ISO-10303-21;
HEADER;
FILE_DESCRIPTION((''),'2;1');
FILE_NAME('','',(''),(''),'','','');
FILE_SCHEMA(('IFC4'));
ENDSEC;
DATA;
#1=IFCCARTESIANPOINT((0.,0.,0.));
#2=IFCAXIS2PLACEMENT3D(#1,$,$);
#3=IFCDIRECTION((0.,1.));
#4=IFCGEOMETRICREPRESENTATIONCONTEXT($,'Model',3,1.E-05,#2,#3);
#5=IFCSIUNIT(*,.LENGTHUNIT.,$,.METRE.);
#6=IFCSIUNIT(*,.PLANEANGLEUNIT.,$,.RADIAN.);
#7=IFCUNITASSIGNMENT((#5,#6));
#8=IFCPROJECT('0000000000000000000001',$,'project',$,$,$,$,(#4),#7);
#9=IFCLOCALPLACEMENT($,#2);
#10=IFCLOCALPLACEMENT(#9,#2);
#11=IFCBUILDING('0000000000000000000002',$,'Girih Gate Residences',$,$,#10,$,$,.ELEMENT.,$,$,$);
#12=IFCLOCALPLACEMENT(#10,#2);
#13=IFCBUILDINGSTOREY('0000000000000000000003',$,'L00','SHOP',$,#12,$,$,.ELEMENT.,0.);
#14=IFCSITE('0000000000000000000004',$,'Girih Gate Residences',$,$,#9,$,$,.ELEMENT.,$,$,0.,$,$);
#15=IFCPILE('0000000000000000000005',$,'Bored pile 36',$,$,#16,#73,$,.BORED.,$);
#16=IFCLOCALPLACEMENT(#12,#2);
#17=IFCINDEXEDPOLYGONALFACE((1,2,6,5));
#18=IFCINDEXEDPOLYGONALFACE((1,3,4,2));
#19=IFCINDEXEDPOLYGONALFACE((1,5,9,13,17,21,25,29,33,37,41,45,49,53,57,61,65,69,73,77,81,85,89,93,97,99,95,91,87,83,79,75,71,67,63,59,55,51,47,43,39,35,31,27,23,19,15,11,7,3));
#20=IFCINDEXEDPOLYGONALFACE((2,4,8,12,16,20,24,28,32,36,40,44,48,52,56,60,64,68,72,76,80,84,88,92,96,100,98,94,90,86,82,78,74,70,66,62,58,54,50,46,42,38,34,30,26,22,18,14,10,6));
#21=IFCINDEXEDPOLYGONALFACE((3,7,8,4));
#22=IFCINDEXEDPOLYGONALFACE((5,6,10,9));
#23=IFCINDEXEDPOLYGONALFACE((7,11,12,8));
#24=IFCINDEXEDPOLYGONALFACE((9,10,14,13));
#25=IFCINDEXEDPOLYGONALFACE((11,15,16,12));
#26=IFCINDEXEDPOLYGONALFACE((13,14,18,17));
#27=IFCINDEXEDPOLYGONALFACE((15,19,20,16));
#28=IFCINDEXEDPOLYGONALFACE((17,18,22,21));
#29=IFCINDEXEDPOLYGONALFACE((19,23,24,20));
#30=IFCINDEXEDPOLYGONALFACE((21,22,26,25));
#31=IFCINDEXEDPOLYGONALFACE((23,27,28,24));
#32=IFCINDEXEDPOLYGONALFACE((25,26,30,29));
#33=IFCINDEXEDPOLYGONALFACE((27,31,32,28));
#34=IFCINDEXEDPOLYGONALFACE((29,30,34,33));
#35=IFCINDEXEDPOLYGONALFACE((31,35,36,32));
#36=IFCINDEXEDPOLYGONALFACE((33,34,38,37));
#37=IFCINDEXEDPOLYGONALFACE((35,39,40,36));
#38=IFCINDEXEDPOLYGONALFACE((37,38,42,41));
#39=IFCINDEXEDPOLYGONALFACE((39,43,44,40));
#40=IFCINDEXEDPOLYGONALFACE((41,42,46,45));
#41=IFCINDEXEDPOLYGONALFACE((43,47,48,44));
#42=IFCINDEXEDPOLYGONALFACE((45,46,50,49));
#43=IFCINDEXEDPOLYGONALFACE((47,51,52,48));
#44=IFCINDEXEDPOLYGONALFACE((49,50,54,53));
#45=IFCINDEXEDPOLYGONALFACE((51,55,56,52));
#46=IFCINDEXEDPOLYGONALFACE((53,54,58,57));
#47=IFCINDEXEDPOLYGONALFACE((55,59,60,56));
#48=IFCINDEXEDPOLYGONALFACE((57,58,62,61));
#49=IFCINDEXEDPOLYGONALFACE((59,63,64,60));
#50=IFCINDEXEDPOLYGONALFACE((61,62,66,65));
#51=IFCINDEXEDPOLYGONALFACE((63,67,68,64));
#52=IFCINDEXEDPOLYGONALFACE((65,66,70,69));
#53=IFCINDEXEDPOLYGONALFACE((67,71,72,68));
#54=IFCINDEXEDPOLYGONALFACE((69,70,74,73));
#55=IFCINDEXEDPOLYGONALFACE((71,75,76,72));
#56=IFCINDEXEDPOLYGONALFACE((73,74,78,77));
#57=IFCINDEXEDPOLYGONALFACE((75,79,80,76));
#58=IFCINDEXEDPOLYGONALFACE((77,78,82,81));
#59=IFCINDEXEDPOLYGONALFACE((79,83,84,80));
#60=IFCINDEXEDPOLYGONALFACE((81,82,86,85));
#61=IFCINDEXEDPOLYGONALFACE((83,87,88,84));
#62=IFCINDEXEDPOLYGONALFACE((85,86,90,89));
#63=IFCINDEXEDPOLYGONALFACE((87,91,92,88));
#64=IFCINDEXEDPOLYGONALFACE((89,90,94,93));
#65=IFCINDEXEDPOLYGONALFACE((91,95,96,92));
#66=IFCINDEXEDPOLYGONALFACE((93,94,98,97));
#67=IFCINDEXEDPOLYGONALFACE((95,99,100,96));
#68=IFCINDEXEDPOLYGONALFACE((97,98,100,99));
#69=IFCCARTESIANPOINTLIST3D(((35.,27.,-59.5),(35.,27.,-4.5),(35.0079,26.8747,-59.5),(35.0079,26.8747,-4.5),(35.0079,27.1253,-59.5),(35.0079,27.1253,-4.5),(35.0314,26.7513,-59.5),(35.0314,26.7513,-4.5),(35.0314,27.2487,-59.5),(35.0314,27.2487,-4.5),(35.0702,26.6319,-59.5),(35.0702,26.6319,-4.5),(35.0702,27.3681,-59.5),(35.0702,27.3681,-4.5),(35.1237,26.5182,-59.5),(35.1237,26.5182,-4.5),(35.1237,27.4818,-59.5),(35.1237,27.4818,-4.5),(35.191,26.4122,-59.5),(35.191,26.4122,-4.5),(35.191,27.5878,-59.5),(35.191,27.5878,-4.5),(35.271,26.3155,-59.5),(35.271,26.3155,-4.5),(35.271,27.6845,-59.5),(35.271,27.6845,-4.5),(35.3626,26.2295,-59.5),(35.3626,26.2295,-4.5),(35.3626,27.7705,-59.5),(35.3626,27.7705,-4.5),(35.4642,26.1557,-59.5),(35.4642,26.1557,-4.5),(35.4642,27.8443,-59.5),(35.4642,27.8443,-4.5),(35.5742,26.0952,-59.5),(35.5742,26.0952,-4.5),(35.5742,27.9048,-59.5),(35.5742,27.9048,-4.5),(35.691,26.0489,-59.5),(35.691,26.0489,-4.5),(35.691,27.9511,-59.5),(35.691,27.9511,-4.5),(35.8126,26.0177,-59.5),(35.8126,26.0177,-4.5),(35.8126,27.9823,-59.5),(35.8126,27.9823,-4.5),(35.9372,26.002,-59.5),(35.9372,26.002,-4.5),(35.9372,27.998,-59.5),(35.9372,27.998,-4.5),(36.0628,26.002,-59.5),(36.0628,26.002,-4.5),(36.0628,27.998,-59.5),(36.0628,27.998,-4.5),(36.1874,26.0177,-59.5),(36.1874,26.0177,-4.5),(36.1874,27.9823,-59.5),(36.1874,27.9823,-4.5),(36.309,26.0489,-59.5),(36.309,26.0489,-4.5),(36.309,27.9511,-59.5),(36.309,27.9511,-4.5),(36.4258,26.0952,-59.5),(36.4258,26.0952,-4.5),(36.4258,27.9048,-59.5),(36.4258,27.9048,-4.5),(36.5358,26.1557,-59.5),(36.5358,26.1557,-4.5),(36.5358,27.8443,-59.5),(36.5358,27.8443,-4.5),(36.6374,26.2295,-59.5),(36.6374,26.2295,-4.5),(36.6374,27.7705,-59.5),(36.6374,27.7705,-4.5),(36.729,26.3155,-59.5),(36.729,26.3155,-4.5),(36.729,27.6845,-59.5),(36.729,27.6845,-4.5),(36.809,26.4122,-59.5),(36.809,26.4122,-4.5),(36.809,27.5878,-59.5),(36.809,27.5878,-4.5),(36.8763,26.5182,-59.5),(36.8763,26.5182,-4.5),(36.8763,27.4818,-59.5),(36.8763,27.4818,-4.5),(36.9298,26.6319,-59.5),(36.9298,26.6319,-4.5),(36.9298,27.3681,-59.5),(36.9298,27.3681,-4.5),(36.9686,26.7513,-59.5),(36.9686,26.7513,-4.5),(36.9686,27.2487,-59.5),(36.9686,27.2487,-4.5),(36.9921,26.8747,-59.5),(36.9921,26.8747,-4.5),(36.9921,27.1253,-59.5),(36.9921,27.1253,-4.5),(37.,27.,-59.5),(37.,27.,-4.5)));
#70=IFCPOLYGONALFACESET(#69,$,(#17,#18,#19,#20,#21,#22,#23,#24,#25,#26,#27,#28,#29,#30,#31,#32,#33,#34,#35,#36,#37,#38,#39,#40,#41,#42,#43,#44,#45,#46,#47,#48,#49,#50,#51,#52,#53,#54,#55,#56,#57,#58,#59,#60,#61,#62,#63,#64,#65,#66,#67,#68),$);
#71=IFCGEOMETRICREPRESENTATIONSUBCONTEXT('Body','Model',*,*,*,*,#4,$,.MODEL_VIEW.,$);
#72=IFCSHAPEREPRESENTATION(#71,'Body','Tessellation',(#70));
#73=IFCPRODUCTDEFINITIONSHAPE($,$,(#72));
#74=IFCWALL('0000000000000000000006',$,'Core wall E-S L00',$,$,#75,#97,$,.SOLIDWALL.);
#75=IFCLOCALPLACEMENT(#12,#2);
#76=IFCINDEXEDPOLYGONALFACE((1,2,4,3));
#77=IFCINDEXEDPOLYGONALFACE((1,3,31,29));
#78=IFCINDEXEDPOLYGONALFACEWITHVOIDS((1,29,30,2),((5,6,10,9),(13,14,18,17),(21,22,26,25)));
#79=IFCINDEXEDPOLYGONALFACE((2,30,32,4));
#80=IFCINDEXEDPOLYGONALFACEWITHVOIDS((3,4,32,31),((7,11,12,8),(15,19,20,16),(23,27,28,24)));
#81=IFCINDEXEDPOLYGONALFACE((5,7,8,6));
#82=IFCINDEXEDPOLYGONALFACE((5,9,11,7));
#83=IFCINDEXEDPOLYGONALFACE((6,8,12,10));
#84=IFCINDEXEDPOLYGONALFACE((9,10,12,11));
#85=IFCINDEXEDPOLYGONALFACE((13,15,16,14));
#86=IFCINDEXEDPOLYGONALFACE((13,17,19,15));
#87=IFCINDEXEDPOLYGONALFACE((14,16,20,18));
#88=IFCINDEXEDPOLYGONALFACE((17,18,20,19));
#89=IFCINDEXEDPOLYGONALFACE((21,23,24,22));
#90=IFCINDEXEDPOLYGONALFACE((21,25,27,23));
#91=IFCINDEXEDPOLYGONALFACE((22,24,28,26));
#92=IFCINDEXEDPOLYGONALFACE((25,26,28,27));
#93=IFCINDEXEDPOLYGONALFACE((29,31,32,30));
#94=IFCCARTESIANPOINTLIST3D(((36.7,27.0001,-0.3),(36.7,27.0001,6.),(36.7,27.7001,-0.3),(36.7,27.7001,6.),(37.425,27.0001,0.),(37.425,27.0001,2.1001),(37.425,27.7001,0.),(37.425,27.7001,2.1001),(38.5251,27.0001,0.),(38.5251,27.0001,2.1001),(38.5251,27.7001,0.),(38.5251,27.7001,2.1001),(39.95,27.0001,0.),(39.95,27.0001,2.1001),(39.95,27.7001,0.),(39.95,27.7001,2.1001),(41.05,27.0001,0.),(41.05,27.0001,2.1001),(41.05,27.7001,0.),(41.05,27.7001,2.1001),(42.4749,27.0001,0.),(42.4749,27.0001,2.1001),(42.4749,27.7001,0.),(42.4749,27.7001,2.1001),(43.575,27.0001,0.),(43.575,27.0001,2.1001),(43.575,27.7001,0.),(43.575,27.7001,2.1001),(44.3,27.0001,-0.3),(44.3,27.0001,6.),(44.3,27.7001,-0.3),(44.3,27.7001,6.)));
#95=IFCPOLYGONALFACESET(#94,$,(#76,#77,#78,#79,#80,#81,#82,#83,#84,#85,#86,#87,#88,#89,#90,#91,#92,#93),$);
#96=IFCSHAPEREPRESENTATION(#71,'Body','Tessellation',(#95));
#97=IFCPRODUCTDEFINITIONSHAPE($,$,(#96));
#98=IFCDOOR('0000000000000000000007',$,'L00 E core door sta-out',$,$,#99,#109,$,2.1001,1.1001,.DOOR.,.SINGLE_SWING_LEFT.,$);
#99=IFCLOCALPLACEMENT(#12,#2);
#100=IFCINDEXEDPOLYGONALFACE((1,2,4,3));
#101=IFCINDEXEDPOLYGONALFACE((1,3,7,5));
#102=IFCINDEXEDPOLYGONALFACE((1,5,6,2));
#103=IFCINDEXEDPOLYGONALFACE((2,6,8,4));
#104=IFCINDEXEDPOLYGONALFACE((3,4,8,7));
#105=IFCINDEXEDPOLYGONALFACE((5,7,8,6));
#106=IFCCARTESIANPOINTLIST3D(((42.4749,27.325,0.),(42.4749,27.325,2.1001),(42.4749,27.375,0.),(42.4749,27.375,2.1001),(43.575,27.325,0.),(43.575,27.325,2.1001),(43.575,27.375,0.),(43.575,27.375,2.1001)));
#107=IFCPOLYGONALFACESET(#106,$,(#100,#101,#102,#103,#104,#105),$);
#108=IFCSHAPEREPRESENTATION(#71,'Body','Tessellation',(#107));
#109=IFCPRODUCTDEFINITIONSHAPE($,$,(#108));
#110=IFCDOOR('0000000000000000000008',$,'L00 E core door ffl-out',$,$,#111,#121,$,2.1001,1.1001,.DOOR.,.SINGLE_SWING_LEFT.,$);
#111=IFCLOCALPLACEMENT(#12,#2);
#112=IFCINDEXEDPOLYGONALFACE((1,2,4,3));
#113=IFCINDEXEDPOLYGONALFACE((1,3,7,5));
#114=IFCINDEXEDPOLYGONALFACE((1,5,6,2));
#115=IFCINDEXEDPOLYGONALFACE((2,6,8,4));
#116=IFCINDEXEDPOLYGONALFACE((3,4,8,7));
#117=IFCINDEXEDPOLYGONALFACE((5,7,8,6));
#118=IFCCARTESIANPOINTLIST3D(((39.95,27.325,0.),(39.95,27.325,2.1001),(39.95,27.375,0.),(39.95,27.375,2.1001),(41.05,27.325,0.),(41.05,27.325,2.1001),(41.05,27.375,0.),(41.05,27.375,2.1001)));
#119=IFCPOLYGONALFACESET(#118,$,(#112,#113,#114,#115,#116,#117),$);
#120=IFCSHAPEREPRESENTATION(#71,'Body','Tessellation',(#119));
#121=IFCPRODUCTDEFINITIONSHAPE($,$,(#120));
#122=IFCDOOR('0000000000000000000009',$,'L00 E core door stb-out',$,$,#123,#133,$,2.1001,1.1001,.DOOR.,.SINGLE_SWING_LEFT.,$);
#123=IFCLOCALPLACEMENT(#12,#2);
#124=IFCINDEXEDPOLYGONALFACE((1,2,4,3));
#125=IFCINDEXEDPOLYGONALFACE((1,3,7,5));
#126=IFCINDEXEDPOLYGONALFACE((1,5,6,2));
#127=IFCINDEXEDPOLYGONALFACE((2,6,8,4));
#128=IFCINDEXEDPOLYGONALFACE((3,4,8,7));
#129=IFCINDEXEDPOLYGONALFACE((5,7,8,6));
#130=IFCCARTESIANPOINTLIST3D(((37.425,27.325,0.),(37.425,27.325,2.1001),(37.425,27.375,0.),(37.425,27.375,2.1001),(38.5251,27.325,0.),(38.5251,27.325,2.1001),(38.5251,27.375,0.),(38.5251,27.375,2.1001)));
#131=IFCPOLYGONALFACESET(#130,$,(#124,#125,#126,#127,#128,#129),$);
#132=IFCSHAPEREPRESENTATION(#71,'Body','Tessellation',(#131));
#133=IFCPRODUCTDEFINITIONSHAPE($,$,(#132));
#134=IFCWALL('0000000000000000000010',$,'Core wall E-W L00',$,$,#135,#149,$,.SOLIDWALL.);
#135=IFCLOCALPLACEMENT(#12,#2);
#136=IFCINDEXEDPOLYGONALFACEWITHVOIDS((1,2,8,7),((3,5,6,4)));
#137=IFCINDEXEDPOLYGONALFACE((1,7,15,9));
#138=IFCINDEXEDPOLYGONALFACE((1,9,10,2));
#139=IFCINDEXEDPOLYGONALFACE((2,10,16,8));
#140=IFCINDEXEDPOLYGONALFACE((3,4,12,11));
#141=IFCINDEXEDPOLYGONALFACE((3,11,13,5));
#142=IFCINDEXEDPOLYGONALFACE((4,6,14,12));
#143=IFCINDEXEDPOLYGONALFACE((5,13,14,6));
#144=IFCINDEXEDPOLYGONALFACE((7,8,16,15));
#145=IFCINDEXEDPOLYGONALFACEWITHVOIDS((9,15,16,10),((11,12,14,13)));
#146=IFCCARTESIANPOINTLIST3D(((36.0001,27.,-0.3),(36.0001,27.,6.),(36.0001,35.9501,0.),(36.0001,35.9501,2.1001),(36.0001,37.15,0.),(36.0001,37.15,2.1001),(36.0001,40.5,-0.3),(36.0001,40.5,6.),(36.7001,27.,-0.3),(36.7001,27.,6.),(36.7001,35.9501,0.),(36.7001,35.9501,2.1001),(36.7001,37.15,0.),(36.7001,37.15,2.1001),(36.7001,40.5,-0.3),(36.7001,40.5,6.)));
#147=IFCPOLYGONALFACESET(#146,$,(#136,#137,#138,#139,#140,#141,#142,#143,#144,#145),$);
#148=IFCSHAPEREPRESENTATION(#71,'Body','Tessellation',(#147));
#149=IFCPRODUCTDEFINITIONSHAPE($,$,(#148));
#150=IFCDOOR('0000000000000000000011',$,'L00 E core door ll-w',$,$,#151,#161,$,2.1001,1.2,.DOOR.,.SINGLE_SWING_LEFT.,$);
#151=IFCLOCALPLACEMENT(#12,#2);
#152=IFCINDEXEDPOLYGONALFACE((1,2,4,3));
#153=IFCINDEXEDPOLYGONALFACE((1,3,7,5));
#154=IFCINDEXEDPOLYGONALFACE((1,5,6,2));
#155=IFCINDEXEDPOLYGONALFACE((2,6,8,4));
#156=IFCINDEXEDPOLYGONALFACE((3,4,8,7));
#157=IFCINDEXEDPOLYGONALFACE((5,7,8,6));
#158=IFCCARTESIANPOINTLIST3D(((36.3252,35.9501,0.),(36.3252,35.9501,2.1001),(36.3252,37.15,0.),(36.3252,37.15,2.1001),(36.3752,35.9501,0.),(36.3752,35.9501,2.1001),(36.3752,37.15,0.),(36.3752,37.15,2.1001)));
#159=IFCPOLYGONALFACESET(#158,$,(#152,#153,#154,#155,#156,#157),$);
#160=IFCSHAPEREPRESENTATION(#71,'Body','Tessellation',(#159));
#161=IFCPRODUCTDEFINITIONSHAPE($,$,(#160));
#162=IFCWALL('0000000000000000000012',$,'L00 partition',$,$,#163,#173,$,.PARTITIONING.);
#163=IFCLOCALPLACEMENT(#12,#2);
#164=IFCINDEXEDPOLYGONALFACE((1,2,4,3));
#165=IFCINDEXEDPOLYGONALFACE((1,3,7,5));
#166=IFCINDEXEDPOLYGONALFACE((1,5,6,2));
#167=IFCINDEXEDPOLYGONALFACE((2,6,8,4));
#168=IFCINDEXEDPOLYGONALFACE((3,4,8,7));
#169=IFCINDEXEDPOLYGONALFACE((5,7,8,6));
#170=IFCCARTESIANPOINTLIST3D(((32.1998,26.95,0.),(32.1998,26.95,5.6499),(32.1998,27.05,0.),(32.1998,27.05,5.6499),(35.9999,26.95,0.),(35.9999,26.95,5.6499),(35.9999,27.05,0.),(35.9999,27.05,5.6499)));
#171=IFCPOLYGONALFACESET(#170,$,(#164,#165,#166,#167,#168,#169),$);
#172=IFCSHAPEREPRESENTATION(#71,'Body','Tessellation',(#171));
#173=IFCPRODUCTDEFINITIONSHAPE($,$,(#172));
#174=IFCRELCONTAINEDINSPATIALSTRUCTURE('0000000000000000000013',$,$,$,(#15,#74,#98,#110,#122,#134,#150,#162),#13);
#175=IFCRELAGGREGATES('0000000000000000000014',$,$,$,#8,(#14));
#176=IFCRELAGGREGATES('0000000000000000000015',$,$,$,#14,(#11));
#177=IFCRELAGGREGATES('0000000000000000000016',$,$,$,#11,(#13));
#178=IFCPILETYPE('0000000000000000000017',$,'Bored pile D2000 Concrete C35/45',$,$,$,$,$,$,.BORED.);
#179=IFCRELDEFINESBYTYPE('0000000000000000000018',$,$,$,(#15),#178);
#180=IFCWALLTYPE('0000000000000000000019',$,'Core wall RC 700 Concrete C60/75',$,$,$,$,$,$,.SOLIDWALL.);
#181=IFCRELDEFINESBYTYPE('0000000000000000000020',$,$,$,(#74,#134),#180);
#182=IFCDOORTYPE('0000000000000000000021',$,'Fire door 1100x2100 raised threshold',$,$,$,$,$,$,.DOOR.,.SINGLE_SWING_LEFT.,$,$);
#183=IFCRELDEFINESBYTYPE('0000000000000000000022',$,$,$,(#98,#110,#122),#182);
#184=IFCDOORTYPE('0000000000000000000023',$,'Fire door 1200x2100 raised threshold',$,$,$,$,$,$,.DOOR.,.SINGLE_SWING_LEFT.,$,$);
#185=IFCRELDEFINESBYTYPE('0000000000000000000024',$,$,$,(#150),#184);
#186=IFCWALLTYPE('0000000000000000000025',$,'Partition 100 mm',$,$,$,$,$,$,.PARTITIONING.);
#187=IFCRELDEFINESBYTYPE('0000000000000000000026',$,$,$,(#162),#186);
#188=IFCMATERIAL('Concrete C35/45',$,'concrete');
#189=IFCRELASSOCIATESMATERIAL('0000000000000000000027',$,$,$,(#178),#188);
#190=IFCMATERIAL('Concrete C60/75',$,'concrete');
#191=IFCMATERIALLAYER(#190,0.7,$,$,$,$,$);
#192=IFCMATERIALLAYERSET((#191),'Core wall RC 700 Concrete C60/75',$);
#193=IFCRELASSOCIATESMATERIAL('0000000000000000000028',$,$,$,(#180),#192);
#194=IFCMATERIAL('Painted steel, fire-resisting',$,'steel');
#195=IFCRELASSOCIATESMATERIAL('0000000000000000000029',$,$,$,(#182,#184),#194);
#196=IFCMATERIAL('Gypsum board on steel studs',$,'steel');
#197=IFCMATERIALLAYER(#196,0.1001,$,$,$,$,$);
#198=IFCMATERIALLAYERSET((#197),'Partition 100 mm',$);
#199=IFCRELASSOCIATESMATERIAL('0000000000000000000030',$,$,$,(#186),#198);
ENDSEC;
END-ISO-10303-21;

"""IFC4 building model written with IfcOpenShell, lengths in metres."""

from ifc_helpers import new_model, si_unit, direction, frame, frame_2d, origin, origin_2d, place, context, subcontext, project, spatial, rectangle, circle, extrude, material, layer, layer_set, material_profile, profile_set, type_object, element, fill, save


model = new_model("IFC4")

# Units and contexts
model_context = context("Model", 3, precision=1e-05, world=origin(), true_north=direction((0.0, 1.0)))
body_context = subcontext(model_context, "Body", "Model", "MODEL_VIEW")
ifc_project = project(units=[si_unit("LENGTHUNIT", "METRE"), si_unit("PLANEANGLEUNIT", "RADIAN")], contexts=[model_context])

# Site, building, storey
site_placement = place(None, origin())
site = spatial("IfcSite", under=ifc_project, at=site_placement, Name="Girih Gate Residences", CompositionType="ELEMENT", RefElevation=0.0)
building_placement = place(site_placement, origin())
building = spatial("IfcBuilding", under=site, at=building_placement, Name="Girih Gate Residences", CompositionType="ELEMENT")
storey_placement = place(building_placement, origin())
storey = spatial("IfcBuildingStorey", under=building, at=storey_placement, Name="L00", Description="SHOP", CompositionType="ELEMENT", Elevation=0.0)

# Pile
ifc_material_1 = material(Name="Concrete C35/45", Category="concrete")
ifc_material_profile = material_profile(ifc_material_1, circle(Radius=1.0, at=origin_2d()))
ifc_profile_set = profile_set([ifc_material_profile], Name="Concrete C35/45")
pile_type = type_object("IfcPileType", Name="Bored pile D2000 Concrete C35/45", PredefinedType="BORED", material=ifc_profile_set)
pile_placement = place(storey_placement, frame((36.0, 27.0, -4.5), z_axis=(0.0, 0.0, -1.0), x_axis=(1.0, 0.0, 0.0)))
element("IfcPile", 1, at=pile_placement, inside=storey, type_object=pile_type, Name="Bored pile 36", PredefinedType="BORED", context=body_context, shape_type="SweptSolid", body=[
    extrude(circle(Radius=1.0, at=origin_2d()), origin(), (0.0, 0.0, 1.0), 55.0),
])

# Wall, openings, doors
ifc_material_2 = material(Name="Concrete C60/75", Category="concrete")
ifc_layer_1 = layer(ifc_material_2, 0.7)
ifc_layer_set_1 = layer_set([ifc_layer_1], Name="Core wall RC 700 Concrete C60/75")
wall_type_1 = type_object("IfcWallType", Name="Core wall RC 700 Concrete C60/75", PredefinedType="SOLIDWALL", material=ifc_layer_set_1)
wall_1_placement = place(storey_placement, frame((36.7, 27.3501, -0.3), z_axis=(0.0, 0.0, 1.0), x_axis=(1.0, 0.0, 0.0)))
wall_1 = element("IfcWall", 2, at=wall_1_placement, inside=storey, type_object=wall_type_1, Name="Core wall E-S L00", PredefinedType="SOLIDWALL", context=body_context, shape_type="SweptSolid", body=[
    extrude(rectangle(XDim=7.6001, YDim=0.7, at=frame_2d((3.8, 0.0))), origin(), (0.0, 0.0, 1.0), 6.3),
])
opening_1_placement = place(wall_1_placement, frame((5.7749, 0.0, 0.3)))
opening_1 = element("IfcOpeningElement", 3, at=opening_1_placement, cuts=wall_1, PredefinedType="OPENING", context=body_context, shape_type="SweptSolid", body=[
    extrude(rectangle(XDim=1.1001, YDim=2.1001, at=frame_2d((0.55, 1.05))), frame((0.0, 0.3599, 0.0), z_axis=(0.0, -1.0, 0.0), x_axis=(1.0, 0.0, 0.0)), (0.0, 0.0, 1.0), 0.72),
])
opening_2_placement = place(wall_1_placement, frame((3.25, 0.0, 0.3)))
opening_2 = element("IfcOpeningElement", 4, at=opening_2_placement, cuts=wall_1, PredefinedType="OPENING", context=body_context, shape_type="SweptSolid", body=[
    extrude(rectangle(XDim=1.1001, YDim=2.1001, at=frame_2d((0.55, 1.05))), frame((0.0, 0.3599, 0.0), z_axis=(0.0, -1.0, 0.0), x_axis=(1.0, 0.0, 0.0)), (0.0, 0.0, 1.0), 0.72),
])
opening_3_placement = place(wall_1_placement, frame((0.7251, 0.0, 0.3)))
opening_3 = element("IfcOpeningElement", 5, at=opening_3_placement, cuts=wall_1, PredefinedType="OPENING", context=body_context, shape_type="SweptSolid", body=[
    extrude(rectangle(XDim=1.1001, YDim=2.1001, at=frame_2d((0.55, 1.05))), frame((0.0, 0.3599, 0.0), z_axis=(0.0, -1.0, 0.0), x_axis=(1.0, 0.0, 0.0)), (0.0, 0.0, 1.0), 0.72),
])
ifc_material_3 = material(Name="Painted steel, fire-resisting", Category="steel")
door_type_1 = type_object("IfcDoorType", Name="Fire door 1100x2100 raised threshold", OperationType="SINGLE_SWING_LEFT", PredefinedType="DOOR", material=ifc_material_3)
door_1_placement = place(opening_1_placement, origin())
door_1 = element("IfcDoor", 6, at=door_1_placement, inside=storey, type_object=door_type_1, Name="L00 E core door sta-out", OperationType="SINGLE_SWING_LEFT", OverallHeight=2.1001, OverallWidth=1.1001, PredefinedType="DOOR", context=body_context, shape_type="SweptSolid", body=[
    extrude(rectangle(XDim=1.1001, YDim=2.1001, at=frame_2d((0.55, 1.05))), frame((0.0, 0.0249, 0.0), z_axis=(0.0, -1.0, 0.0), x_axis=(1.0, 0.0, 0.0)), (0.0, 0.0, 1.0), 0.05),
])
fill(opening_1, door_1)
door_2_placement = place(opening_2_placement, origin())
door_2 = element("IfcDoor", 7, at=door_2_placement, inside=storey, type_object=door_type_1, Name="L00 E core door ffl-out", OperationType="SINGLE_SWING_LEFT", OverallHeight=2.1001, OverallWidth=1.1001, PredefinedType="DOOR", context=body_context, shape_type="SweptSolid", body=[
    extrude(rectangle(XDim=1.1001, YDim=2.1001, at=frame_2d((0.55, 1.05))), frame((0.0, 0.0249, 0.0), z_axis=(0.0, -1.0, 0.0), x_axis=(1.0, 0.0, 0.0)), (0.0, 0.0, 1.0), 0.05),
])
fill(opening_2, door_2)
door_3_placement = place(opening_3_placement, origin())
door_3 = element("IfcDoor", 8, at=door_3_placement, inside=storey, type_object=door_type_1, Name="L00 E core door stb-out", OperationType="SINGLE_SWING_LEFT", OverallHeight=2.1001, OverallWidth=1.1001, PredefinedType="DOOR", context=body_context, shape_type="SweptSolid", body=[
    extrude(rectangle(XDim=1.1001, YDim=2.1001, at=frame_2d((0.55, 1.05))), frame((0.0, 0.0249, 0.0), z_axis=(0.0, -1.0, 0.0), x_axis=(1.0, 0.0, 0.0)), (0.0, 0.0, 1.0), 0.05),
])
fill(opening_3, door_3)

# Wall, opening, door
wall_2_placement = place(storey_placement, frame((36.3501, 27.0, -0.3), z_axis=(0.0, 0.0, 1.0), x_axis=(0.0, 1.0, 0.0)))
wall_2 = element("IfcWall", 9, at=wall_2_placement, inside=storey, type_object=wall_type_1, Name="Core wall E-W L00", PredefinedType="SOLIDWALL", context=body_context, shape_type="SweptSolid", body=[
    extrude(rectangle(XDim=13.5, YDim=0.7, at=frame_2d((6.75, 0.0))), origin(), (0.0, 0.0, 1.0), 6.3),
])
opening_4_placement = place(wall_2_placement, frame((8.95, 0.0, 0.3)))
opening_4 = element("IfcOpeningElement", 10, at=opening_4_placement, cuts=wall_2, PredefinedType="OPENING", context=body_context, shape_type="SweptSolid", body=[
    extrude(rectangle(XDim=1.2, YDim=2.1001, at=frame_2d((0.6001, 1.05))), frame((0.0, 0.3599, 0.0), z_axis=(0.0, -1.0, 0.0), x_axis=(1.0, 0.0, 0.0)), (0.0, 0.0, 1.0), 0.72),
])
door_type_2 = type_object("IfcDoorType", Name="Fire door 1200x2100 raised threshold", OperationType="SINGLE_SWING_LEFT", PredefinedType="DOOR", material=ifc_material_3)
door_4_placement = place(opening_4_placement, origin())
door_4 = element("IfcDoor", 11, at=door_4_placement, inside=storey, type_object=door_type_2, Name="L00 E core door ll-w", OperationType="SINGLE_SWING_LEFT", OverallHeight=2.1001, OverallWidth=1.2, PredefinedType="DOOR", context=body_context, shape_type="SweptSolid", body=[
    extrude(rectangle(XDim=1.2, YDim=2.1001, at=frame_2d((0.6001, 1.05))), frame((0.0, 0.0249, 0.0), z_axis=(0.0, -1.0, 0.0), x_axis=(1.0, 0.0, 0.0)), (0.0, 0.0, 1.0), 0.05),
])
fill(opening_4, door_4)

# Wall
ifc_material_4 = material(Name="Gypsum board on steel studs", Category="steel")
ifc_layer_2 = layer(ifc_material_4, 0.1001)
ifc_layer_set_2 = layer_set([ifc_layer_2], Name="Partition 100 mm")
wall_type_2 = type_object("IfcWallType", Name="Partition 100 mm", PredefinedType="PARTITIONING", material=ifc_layer_set_2)
wall_3_placement = place(storey_placement, frame((32.2, 27.0, 0.0), z_axis=(0.0, 0.0, 1.0), x_axis=(1.0, 0.0, 0.0)))
element("IfcWall", 12, at=wall_3_placement, inside=storey, type_object=wall_type_2, Name="L00 partition", PredefinedType="PARTITIONING", context=body_context, shape_type="SweptSolid", body=[
    extrude(rectangle(XDim=3.8, YDim=0.1001, at=frame_2d((1.8999, 0.0))), origin(), (0.0, 0.0, 1.0), 5.6499),
])

save(model, "model.ifc")
